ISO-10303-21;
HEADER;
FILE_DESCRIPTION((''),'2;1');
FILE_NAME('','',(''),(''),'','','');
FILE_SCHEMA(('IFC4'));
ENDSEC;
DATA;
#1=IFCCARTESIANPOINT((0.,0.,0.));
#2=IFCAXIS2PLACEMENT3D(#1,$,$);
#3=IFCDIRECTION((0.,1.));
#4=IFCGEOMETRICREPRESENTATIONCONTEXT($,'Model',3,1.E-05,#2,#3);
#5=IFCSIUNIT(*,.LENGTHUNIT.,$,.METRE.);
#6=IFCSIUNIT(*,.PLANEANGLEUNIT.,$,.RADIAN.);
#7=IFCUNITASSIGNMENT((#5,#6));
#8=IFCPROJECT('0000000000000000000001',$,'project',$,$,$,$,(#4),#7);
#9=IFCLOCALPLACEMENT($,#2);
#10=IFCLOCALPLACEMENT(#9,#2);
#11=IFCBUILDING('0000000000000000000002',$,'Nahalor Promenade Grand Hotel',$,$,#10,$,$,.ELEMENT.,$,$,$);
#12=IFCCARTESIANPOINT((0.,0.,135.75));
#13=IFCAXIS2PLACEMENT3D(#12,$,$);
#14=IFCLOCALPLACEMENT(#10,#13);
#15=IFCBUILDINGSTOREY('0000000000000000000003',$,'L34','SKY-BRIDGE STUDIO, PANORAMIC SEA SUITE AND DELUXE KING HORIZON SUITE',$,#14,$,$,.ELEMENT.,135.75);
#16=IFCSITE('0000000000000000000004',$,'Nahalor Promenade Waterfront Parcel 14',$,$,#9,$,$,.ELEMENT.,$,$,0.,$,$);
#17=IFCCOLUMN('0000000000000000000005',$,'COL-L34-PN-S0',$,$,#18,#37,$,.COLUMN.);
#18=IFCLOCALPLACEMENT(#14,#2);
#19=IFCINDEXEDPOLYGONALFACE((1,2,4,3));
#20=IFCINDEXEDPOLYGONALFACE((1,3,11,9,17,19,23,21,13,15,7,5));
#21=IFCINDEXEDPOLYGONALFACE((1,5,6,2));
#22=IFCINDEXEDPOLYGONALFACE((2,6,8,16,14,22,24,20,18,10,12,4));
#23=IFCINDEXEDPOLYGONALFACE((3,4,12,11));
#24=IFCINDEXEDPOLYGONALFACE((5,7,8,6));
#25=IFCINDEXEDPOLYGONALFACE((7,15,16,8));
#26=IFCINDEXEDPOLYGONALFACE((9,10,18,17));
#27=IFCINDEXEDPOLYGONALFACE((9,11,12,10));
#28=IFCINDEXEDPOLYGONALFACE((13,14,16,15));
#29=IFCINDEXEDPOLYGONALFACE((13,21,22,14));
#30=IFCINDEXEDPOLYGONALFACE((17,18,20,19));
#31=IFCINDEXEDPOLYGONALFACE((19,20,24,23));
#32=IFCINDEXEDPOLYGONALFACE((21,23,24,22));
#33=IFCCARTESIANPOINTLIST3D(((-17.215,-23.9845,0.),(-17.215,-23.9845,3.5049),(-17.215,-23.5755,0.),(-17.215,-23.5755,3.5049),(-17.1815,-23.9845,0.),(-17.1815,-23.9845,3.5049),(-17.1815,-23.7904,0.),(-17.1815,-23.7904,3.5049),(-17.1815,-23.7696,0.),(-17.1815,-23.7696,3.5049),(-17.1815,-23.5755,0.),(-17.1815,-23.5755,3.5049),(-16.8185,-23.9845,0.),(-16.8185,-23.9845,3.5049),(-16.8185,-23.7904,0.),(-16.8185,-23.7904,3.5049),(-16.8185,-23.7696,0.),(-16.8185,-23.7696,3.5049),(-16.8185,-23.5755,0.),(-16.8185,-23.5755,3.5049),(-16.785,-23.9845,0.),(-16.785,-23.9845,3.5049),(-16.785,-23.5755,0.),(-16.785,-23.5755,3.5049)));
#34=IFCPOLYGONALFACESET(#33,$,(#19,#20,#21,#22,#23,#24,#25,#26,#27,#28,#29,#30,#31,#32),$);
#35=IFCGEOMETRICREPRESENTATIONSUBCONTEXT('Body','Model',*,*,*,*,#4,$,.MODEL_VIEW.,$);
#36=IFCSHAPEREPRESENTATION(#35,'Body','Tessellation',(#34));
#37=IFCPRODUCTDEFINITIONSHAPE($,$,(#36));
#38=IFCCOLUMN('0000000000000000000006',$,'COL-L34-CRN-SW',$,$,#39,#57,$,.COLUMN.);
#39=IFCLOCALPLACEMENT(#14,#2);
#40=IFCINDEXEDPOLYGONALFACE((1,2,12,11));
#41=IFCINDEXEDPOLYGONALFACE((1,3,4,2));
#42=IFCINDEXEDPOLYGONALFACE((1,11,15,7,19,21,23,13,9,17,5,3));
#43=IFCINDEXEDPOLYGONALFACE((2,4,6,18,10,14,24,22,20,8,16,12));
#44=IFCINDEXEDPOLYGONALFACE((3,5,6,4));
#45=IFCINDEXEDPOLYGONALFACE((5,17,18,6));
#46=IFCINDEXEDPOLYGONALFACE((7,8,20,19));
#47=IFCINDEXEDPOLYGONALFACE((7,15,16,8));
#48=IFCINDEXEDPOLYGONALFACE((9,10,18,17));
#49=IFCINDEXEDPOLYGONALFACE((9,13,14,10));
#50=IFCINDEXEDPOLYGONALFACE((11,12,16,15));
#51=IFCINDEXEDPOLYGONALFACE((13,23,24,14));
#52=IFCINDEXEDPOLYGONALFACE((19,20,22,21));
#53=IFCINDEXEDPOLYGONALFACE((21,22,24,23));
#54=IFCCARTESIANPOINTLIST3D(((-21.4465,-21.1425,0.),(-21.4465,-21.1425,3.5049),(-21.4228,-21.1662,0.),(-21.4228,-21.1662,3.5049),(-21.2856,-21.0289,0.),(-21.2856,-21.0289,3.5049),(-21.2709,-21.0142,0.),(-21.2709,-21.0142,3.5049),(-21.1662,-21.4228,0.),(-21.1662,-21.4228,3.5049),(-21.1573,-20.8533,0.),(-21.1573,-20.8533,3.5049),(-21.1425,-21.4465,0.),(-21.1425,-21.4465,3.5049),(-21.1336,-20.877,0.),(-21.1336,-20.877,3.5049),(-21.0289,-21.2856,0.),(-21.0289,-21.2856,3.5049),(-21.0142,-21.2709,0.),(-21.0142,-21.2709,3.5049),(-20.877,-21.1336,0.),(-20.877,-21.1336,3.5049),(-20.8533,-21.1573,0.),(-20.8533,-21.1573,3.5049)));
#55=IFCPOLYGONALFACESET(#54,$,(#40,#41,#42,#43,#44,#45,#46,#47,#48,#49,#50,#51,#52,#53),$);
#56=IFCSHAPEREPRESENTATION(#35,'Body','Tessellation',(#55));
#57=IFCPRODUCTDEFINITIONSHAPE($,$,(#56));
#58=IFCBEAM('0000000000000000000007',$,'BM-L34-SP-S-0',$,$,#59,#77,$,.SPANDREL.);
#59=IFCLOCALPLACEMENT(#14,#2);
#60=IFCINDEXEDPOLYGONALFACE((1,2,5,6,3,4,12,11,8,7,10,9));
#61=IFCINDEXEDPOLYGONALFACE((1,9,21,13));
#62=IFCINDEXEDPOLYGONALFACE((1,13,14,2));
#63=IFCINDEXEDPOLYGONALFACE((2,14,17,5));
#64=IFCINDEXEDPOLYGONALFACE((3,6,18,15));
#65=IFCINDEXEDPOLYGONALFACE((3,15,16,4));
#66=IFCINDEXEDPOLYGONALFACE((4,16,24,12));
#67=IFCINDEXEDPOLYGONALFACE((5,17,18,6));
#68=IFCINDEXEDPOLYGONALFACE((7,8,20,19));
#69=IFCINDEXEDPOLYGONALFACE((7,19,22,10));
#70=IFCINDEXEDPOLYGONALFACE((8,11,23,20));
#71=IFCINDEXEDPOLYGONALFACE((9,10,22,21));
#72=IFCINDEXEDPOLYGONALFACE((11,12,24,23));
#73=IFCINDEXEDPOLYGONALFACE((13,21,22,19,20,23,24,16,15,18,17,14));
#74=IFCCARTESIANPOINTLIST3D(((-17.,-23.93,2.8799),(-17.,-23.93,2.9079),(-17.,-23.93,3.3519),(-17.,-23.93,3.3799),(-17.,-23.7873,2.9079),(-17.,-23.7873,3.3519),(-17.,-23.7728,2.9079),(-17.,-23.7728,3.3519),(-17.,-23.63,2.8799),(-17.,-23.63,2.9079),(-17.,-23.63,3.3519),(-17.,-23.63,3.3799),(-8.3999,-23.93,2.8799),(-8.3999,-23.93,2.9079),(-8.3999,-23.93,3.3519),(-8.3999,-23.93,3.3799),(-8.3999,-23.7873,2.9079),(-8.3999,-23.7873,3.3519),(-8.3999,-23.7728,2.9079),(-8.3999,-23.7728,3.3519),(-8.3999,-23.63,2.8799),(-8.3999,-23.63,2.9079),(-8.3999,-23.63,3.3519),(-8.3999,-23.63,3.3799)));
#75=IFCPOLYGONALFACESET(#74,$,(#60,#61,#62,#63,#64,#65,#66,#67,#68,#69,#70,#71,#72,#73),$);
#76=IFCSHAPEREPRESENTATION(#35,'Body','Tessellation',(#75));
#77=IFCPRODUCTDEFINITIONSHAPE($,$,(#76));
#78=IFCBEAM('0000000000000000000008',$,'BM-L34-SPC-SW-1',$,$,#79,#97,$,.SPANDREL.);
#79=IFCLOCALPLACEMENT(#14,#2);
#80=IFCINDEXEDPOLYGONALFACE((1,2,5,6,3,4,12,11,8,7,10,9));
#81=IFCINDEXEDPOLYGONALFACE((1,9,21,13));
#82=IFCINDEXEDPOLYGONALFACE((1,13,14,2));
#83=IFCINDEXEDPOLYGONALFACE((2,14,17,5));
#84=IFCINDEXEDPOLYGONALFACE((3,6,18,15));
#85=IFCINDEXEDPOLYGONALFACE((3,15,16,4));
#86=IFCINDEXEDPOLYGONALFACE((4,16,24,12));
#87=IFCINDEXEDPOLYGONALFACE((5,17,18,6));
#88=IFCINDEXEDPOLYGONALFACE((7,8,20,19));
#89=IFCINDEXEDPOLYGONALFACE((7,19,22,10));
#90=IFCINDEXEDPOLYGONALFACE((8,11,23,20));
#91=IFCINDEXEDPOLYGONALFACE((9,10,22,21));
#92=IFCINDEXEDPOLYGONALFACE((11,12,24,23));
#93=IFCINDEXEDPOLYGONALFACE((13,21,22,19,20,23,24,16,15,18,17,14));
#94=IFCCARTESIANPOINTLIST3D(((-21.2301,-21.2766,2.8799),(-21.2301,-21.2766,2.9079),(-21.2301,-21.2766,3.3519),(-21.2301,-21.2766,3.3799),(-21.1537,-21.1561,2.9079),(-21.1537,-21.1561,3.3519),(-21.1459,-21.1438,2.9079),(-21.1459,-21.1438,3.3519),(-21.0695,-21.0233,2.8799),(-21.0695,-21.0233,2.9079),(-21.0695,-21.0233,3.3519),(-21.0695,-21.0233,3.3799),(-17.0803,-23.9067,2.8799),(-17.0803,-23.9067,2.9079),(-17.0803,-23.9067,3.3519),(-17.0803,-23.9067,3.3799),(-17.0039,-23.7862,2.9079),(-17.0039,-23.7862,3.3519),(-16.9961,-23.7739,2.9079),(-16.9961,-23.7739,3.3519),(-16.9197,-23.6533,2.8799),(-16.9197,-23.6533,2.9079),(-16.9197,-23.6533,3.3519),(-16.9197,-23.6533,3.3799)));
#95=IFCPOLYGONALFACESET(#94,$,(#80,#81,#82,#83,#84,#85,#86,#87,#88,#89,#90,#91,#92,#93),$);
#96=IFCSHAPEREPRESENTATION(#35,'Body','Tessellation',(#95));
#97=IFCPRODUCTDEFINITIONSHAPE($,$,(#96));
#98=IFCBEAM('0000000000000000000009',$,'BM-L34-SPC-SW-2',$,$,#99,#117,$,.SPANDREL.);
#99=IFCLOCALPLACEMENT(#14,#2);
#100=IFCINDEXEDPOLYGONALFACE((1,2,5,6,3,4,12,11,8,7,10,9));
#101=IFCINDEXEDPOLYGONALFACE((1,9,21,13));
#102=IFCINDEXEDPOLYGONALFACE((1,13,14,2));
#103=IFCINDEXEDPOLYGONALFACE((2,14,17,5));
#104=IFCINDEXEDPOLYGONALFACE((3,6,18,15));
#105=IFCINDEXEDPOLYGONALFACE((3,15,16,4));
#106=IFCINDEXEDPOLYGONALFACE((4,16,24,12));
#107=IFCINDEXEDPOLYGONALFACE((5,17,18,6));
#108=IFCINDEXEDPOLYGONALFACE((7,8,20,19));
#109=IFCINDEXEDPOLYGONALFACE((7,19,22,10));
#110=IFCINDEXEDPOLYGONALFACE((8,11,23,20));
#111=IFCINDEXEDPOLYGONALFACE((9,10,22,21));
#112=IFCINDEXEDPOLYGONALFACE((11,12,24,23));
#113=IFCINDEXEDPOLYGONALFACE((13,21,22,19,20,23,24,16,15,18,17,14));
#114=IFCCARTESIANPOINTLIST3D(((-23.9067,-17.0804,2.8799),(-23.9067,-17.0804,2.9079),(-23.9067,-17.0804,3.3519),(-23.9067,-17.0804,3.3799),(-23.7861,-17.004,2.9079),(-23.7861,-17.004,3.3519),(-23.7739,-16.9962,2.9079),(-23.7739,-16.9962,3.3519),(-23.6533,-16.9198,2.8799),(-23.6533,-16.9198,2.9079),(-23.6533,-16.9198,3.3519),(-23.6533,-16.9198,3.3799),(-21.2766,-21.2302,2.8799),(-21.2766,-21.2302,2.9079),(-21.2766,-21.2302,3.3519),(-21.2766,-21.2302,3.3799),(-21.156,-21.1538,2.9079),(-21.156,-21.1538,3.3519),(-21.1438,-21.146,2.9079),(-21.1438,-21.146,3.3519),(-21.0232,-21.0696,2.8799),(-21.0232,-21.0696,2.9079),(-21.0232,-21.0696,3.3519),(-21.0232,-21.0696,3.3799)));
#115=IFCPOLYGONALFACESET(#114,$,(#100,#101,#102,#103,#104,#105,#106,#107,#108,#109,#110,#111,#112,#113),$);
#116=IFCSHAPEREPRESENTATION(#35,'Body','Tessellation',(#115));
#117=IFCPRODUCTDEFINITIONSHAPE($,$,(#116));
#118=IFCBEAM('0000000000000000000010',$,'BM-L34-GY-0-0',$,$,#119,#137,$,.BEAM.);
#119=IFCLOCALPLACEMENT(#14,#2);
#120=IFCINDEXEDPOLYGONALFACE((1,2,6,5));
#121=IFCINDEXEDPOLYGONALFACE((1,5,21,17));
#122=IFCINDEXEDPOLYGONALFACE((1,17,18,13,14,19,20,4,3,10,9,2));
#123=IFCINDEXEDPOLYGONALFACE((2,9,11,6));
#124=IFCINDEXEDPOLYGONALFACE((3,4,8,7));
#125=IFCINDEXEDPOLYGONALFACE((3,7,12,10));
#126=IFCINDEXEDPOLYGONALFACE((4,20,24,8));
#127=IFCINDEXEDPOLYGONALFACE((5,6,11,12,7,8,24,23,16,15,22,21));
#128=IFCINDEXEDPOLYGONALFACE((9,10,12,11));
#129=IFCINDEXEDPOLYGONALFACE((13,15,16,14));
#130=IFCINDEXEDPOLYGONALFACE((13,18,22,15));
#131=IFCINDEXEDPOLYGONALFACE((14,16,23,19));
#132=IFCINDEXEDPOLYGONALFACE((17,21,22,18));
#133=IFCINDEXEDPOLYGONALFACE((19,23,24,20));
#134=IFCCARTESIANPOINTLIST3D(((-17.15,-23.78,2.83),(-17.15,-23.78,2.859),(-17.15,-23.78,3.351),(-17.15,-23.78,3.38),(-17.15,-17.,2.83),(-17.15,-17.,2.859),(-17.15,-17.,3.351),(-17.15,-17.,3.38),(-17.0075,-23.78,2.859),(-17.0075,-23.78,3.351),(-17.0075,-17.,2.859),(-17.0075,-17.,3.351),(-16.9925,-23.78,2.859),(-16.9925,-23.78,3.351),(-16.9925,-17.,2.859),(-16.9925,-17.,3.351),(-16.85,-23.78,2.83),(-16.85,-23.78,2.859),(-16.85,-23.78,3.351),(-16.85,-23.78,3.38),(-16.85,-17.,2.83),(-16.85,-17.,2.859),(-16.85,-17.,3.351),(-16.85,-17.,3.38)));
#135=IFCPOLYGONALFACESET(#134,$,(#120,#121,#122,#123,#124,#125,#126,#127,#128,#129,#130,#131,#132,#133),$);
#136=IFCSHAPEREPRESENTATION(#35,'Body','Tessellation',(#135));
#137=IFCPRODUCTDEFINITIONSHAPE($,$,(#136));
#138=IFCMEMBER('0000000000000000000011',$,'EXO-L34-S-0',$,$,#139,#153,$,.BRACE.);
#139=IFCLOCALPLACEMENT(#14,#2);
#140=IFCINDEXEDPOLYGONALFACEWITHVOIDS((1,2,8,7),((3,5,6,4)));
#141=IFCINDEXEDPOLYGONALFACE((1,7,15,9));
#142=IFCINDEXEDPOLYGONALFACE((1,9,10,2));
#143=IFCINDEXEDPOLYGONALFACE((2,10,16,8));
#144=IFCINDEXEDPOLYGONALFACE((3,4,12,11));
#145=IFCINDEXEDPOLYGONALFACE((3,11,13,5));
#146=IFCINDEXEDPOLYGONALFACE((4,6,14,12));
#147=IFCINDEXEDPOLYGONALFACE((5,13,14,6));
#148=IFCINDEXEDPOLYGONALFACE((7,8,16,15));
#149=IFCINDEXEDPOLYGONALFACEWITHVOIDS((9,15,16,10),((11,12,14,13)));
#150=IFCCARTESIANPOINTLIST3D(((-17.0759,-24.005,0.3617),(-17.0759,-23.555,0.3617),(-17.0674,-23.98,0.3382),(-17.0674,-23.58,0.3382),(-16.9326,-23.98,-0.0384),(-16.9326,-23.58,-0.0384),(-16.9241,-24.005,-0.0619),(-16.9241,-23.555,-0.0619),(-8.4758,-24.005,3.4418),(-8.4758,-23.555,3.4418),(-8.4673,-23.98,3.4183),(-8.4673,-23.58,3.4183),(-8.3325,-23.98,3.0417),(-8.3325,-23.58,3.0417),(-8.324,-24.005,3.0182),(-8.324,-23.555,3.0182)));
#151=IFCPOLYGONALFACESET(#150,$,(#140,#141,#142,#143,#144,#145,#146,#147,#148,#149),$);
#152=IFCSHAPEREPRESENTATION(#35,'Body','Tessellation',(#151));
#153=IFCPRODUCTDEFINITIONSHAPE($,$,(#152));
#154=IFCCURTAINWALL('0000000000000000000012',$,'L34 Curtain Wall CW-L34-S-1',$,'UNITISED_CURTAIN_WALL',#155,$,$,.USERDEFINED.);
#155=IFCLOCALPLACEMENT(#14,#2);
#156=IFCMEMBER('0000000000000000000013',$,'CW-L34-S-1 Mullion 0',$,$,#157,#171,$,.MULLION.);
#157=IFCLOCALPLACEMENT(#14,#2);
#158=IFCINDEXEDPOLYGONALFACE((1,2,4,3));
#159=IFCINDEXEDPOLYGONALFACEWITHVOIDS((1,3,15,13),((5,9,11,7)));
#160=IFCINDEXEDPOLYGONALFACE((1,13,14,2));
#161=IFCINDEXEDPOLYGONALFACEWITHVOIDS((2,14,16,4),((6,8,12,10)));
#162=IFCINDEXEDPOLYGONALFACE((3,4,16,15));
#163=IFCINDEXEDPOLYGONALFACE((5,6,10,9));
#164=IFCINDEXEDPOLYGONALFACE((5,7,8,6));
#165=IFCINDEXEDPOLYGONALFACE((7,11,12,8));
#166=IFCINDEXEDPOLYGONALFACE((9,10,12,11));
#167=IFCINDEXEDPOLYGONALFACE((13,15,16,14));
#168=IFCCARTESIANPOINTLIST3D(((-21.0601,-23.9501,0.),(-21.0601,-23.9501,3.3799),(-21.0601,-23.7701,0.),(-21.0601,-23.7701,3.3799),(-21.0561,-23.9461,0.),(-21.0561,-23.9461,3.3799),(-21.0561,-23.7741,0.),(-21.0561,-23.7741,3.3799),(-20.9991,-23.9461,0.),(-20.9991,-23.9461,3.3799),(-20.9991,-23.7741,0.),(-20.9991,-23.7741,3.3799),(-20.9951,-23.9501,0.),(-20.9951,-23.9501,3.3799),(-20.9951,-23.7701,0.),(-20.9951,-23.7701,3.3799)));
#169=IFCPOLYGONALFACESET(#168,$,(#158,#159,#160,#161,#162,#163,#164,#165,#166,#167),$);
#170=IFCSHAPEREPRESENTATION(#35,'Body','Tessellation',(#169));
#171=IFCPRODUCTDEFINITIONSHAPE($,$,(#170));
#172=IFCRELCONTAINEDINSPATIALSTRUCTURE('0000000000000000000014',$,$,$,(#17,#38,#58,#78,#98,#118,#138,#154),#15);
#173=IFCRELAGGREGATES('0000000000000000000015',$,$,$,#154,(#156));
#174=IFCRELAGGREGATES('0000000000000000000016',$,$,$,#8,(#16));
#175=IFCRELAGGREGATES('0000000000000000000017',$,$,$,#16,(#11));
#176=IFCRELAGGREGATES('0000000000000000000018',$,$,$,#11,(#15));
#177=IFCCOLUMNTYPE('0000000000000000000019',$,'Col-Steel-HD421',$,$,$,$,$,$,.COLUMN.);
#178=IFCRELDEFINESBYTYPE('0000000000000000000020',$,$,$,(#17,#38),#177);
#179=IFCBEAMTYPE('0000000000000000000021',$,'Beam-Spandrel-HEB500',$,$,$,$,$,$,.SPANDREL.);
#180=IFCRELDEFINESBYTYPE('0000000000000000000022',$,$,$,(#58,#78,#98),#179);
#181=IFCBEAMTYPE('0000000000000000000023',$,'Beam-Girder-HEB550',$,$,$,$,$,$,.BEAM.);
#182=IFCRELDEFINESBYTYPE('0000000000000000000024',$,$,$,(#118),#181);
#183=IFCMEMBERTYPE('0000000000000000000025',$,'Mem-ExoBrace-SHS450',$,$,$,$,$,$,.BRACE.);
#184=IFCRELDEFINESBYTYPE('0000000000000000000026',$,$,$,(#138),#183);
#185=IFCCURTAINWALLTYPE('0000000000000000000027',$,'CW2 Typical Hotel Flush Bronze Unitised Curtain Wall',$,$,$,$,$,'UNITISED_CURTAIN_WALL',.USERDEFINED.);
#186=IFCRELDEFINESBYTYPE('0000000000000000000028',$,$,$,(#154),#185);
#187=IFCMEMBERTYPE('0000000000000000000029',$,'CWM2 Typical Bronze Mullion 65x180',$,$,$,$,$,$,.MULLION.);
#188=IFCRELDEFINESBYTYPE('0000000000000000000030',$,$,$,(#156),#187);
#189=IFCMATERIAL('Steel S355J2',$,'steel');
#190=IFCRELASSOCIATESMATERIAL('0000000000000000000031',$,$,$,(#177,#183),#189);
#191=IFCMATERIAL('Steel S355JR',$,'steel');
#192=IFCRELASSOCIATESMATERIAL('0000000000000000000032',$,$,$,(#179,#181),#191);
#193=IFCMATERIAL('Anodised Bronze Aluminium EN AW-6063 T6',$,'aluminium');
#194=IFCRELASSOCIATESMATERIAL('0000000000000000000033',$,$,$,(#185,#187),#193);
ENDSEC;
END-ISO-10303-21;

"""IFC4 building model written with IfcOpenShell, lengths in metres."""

from ifc_helpers import new_model, si_unit, direction, frame, origin, origin_2d, place, context, subcontext, project, spatial, hollow_rectangle, i_section, extrude, source, transform, mapped, material, material_profile, profile_set, type_object, element, aggregate, save


model = new_model("IFC4")

# Units and contexts
model_context = context("Model", 3, precision=1e-05, world=origin(), true_north=direction((0.0, 1.0)))
body_context = subcontext(model_context, "Body", "Model", "MODEL_VIEW")
ifc_project = project(units=[si_unit("LENGTHUNIT", "METRE"), si_unit("PLANEANGLEUNIT", "RADIAN")], contexts=[model_context])

# Site, building, storey
site_placement = place(None, origin())
site = spatial("IfcSite", under=ifc_project, at=site_placement, Name="Nahalor Promenade Waterfront Parcel 14", CompositionType="ELEMENT", RefElevation=0.0)
building_placement = place(site_placement, origin())
building = spatial("IfcBuilding", under=site, at=building_placement, Name="Nahalor Promenade Grand Hotel", CompositionType="ELEMENT")
storey_placement = place(building_placement, frame((0.0, 0.0, 135.75)))
storey = spatial("IfcBuildingStorey", under=building, at=storey_placement, Name="L34", Description="SKY-BRIDGE STUDIO, PANORAMIC SEA SUITE AND DELUXE KING HORIZON SUITE", CompositionType="ELEMENT", Elevation=135.75)

# Columns
ifc_material_1 = material(Name="Steel S355J2", Category="steel")
ifc_material_profile_1 = material_profile(ifc_material_1, i_section(OverallWidth=0.409, OverallDepth=0.43, WebThickness=0.0208, FlangeThickness=0.0335, at=origin_2d()), Name="HD 400x421")
ifc_profile_set_1 = profile_set([ifc_material_profile_1], Name="Steel S355J2")
column_type = type_object("IfcColumnType", Name="Col-Steel-HD421", PredefinedType="COLUMN", material=ifc_profile_set_1)
shared_shape_1 = source(origin(), body_context, "Body", "SweptSolid", [
    extrude(i_section(OverallWidth=0.409, OverallDepth=0.43, WebThickness=0.0208, FlangeThickness=0.0335, at=origin_2d()), origin(), (0.0, 0.0, 1.0), 3.5049),
])
for number, where, z_axis, x_axis, name in (
    (1, (-17.0, -23.78, 0.0), (0.0, 0.0, 1.0), (0.0, 1.0, 0.0), "COL-L34-PN-S0"),
    (2, (-21.1499, -21.1499, 0.0), (0.0, 0.0, 1.0), (0.707107, 0.707107, 0.0), "COL-L34-CRN-SW"),
):
    element("IfcColumn", number, at=place(storey_placement, frame(where, z_axis=z_axis, x_axis=x_axis)), inside=storey, type_object=column_type, Name=name, PredefinedType="COLUMN", context=body_context, shape_type="MappedRepresentation", body=[
        mapped(shared_shape_1, transform((0.0, 0.0, 0.0), scale=1.0)),
    ])

# Beams
ifc_material_2 = material(Name="Steel S355JR", Category="steel")
ifc_material_profile_2 = material_profile(ifc_material_2, i_section(OverallWidth=0.3, OverallDepth=0.5, WebThickness=0.0145, FlangeThickness=0.028, at=origin_2d()), Name="HEB 500")
ifc_profile_set_2 = profile_set([ifc_material_profile_2], Name="Steel S355JR")
beam_type_1 = type_object("IfcBeamType", Name="Beam-Spandrel-HEB500", PredefinedType="SPANDREL", material=ifc_profile_set_2)
shared_shape_2 = source(origin(), body_context, "Body", "SweptSolid", [
    extrude(i_section(OverallWidth=0.3, OverallDepth=0.5, WebThickness=0.0145, FlangeThickness=0.028, at=origin_2d()), origin(), (0.0, 0.0, 1.0), 8.6001),
])
beam_1_placement = place(storey_placement, frame((-17.0, -23.78, 3.1299), z_axis=(1.0, 0.0, 0.0), x_axis=(0.0, 1.0, 0.0)))
element("IfcBeam", 3, at=beam_1_placement, inside=storey, type_object=beam_type_1, Name="BM-L34-SP-S-0", PredefinedType="SPANDREL", context=body_context, shape_type="MappedRepresentation", body=[
    mapped(shared_shape_2, transform((0.0, 0.0, 0.0), scale=1.0)),
])
shared_shape_3 = source(origin(), body_context, "Body", "SweptSolid", [
    extrude(i_section(OverallWidth=0.3, OverallDepth=0.5, WebThickness=0.0145, FlangeThickness=0.028, at=origin_2d()), origin(), (0.0, 0.0, 1.0), 4.9131),
])
for number, where, z_axis, x_axis, name in (
    (4, (-17.0, -23.78, 3.1299), (-0.844648, 0.535322, 0.0), (-0.535322, -0.844648, 0.0), "BM-L34-SPC-SW-1"),
    (5, (-21.1499, -21.1499, 3.1299), (-0.535322, 0.844648, 0.0), (-0.844648, -0.535322, 0.0), "BM-L34-SPC-SW-2"),
):
    element("IfcBeam", number, at=place(storey_placement, frame(where, z_axis=z_axis, x_axis=x_axis)), inside=storey, type_object=beam_type_1, Name=name, PredefinedType="SPANDREL", context=body_context, shape_type="MappedRepresentation", body=[
        mapped(shared_shape_3, transform((0.0, 0.0, 0.0), scale=1.0)),
    ])
ifc_material_profile_3 = material_profile(ifc_material_2, i_section(OverallWidth=0.3, OverallDepth=0.55, WebThickness=0.015, FlangeThickness=0.029, at=origin_2d()), Name="HEB 550")
ifc_profile_set_3 = profile_set([ifc_material_profile_3], Name="Steel S355JR")
beam_type_2 = type_object("IfcBeamType", Name="Beam-Girder-HEB550", PredefinedType="BEAM", material=ifc_profile_set_3)
shared_shape_4 = source(origin(), body_context, "Body", "SweptSolid", [
    extrude(i_section(OverallWidth=0.3, OverallDepth=0.55, WebThickness=0.015, FlangeThickness=0.029, at=origin_2d()), origin(), (0.0, 0.0, 1.0), 6.78),
])
beam_2_placement = place(storey_placement, frame((-17.0, -23.78, 3.105), z_axis=(0.0, 1.0, 0.0), x_axis=(-1.0, 0.0, 0.0)))
element("IfcBeam", 6, at=beam_2_placement, inside=storey, type_object=beam_type_2, Name="BM-L34-GY-0-0", PredefinedType="BEAM", context=body_context, shape_type="MappedRepresentation", body=[
    mapped(shared_shape_4, transform((0.0, 0.0, 0.0), scale=1.0)),
])

# Member
ifc_material_profile_4 = material_profile(ifc_material_1, hollow_rectangle(XDim=0.45, YDim=0.45, WallThickness=0.025, at=origin_2d()), Name="SHS 450x450x25")
ifc_profile_set_4 = profile_set([ifc_material_profile_4], Name="Steel S355J2")
member_type_1 = type_object("IfcMemberType", Name="Mem-ExoBrace-SHS450", PredefinedType="BRACE", material=ifc_profile_set_4)
shared_shape_5 = source(origin(), body_context, "Body", "SweptSolid", [
    extrude(hollow_rectangle(XDim=0.45, YDim=0.45, WallThickness=0.025, at=origin_2d()), origin(), (0.0, 0.0, 1.0), 9.135),
])
member_1_placement = place(storey_placement, frame((-17.0, -23.78, 0.1499), z_axis=(0.941443, 0.0, 0.337173), x_axis=(0.0, 1.0, 0.0)))
element("IfcMember", 7, at=member_1_placement, inside=storey, type_object=member_type_1, Name="EXO-L34-S-0", PredefinedType="BRACE", context=body_context, shape_type="MappedRepresentation", body=[
    mapped(shared_shape_5, transform((0.0, 0.0, 0.0), scale=1.0)),
])

# Curtain wall, member
ifc_material_3 = material(Name="Anodised Bronze Aluminium EN AW-6063 T6", Category="aluminium")
curtain_wall_type = type_object("IfcCurtainWallType", Name="CW2 Typical Hotel Flush Bronze Unitised Curtain Wall", ElementType="UNITISED_CURTAIN_WALL", PredefinedType="USERDEFINED", material=ifc_material_3)
curtain_wall_placement = place(storey_placement, origin())
curtain_wall = element("IfcCurtainWall", 8, at=curtain_wall_placement, inside=storey, type_object=curtain_wall_type, Name="L34 Curtain Wall CW-L34-S-1", ObjectType="UNITISED_CURTAIN_WALL", PredefinedType="USERDEFINED")
ifc_material_profile_5 = material_profile(ifc_material_3, hollow_rectangle(XDim=0.065, YDim=0.18, WallThickness=0.004, at=origin_2d()), Name="CWM 65x180x4")
ifc_profile_set_5 = profile_set([ifc_material_profile_5], Name="Anodised Bronze Aluminium EN AW-6063 T6")
member_type_2 = type_object("IfcMemberType", Name="CWM2 Typical Bronze Mullion 65x180", PredefinedType="MULLION", material=ifc_profile_set_5)
shared_shape_6 = source(origin(), body_context, "Body", "SweptSolid", [
    extrude(hollow_rectangle(XDim=0.065, YDim=0.18, WallThickness=0.004, at=origin_2d()), origin(), (0.0, 0.0, 1.0), 3.3799),
])
member_2_placement = place(storey_placement, frame((-21.0276, -23.8601, 0.0), z_axis=(0.0, 0.0, 1.0), x_axis=(1.0, 0.0, 0.0)))
member_2 = element("IfcMember", 9, at=member_2_placement, type_object=member_type_2, Name="CW-L34-S-1 Mullion 0", PredefinedType="MULLION", context=body_context, shape_type="MappedRepresentation", body=[
    mapped(shared_shape_6, transform((0.0, 0.0, 0.0), scale=1.0)),
])
aggregate(curtain_wall, [member_2])

save(model, "model.ifc")
